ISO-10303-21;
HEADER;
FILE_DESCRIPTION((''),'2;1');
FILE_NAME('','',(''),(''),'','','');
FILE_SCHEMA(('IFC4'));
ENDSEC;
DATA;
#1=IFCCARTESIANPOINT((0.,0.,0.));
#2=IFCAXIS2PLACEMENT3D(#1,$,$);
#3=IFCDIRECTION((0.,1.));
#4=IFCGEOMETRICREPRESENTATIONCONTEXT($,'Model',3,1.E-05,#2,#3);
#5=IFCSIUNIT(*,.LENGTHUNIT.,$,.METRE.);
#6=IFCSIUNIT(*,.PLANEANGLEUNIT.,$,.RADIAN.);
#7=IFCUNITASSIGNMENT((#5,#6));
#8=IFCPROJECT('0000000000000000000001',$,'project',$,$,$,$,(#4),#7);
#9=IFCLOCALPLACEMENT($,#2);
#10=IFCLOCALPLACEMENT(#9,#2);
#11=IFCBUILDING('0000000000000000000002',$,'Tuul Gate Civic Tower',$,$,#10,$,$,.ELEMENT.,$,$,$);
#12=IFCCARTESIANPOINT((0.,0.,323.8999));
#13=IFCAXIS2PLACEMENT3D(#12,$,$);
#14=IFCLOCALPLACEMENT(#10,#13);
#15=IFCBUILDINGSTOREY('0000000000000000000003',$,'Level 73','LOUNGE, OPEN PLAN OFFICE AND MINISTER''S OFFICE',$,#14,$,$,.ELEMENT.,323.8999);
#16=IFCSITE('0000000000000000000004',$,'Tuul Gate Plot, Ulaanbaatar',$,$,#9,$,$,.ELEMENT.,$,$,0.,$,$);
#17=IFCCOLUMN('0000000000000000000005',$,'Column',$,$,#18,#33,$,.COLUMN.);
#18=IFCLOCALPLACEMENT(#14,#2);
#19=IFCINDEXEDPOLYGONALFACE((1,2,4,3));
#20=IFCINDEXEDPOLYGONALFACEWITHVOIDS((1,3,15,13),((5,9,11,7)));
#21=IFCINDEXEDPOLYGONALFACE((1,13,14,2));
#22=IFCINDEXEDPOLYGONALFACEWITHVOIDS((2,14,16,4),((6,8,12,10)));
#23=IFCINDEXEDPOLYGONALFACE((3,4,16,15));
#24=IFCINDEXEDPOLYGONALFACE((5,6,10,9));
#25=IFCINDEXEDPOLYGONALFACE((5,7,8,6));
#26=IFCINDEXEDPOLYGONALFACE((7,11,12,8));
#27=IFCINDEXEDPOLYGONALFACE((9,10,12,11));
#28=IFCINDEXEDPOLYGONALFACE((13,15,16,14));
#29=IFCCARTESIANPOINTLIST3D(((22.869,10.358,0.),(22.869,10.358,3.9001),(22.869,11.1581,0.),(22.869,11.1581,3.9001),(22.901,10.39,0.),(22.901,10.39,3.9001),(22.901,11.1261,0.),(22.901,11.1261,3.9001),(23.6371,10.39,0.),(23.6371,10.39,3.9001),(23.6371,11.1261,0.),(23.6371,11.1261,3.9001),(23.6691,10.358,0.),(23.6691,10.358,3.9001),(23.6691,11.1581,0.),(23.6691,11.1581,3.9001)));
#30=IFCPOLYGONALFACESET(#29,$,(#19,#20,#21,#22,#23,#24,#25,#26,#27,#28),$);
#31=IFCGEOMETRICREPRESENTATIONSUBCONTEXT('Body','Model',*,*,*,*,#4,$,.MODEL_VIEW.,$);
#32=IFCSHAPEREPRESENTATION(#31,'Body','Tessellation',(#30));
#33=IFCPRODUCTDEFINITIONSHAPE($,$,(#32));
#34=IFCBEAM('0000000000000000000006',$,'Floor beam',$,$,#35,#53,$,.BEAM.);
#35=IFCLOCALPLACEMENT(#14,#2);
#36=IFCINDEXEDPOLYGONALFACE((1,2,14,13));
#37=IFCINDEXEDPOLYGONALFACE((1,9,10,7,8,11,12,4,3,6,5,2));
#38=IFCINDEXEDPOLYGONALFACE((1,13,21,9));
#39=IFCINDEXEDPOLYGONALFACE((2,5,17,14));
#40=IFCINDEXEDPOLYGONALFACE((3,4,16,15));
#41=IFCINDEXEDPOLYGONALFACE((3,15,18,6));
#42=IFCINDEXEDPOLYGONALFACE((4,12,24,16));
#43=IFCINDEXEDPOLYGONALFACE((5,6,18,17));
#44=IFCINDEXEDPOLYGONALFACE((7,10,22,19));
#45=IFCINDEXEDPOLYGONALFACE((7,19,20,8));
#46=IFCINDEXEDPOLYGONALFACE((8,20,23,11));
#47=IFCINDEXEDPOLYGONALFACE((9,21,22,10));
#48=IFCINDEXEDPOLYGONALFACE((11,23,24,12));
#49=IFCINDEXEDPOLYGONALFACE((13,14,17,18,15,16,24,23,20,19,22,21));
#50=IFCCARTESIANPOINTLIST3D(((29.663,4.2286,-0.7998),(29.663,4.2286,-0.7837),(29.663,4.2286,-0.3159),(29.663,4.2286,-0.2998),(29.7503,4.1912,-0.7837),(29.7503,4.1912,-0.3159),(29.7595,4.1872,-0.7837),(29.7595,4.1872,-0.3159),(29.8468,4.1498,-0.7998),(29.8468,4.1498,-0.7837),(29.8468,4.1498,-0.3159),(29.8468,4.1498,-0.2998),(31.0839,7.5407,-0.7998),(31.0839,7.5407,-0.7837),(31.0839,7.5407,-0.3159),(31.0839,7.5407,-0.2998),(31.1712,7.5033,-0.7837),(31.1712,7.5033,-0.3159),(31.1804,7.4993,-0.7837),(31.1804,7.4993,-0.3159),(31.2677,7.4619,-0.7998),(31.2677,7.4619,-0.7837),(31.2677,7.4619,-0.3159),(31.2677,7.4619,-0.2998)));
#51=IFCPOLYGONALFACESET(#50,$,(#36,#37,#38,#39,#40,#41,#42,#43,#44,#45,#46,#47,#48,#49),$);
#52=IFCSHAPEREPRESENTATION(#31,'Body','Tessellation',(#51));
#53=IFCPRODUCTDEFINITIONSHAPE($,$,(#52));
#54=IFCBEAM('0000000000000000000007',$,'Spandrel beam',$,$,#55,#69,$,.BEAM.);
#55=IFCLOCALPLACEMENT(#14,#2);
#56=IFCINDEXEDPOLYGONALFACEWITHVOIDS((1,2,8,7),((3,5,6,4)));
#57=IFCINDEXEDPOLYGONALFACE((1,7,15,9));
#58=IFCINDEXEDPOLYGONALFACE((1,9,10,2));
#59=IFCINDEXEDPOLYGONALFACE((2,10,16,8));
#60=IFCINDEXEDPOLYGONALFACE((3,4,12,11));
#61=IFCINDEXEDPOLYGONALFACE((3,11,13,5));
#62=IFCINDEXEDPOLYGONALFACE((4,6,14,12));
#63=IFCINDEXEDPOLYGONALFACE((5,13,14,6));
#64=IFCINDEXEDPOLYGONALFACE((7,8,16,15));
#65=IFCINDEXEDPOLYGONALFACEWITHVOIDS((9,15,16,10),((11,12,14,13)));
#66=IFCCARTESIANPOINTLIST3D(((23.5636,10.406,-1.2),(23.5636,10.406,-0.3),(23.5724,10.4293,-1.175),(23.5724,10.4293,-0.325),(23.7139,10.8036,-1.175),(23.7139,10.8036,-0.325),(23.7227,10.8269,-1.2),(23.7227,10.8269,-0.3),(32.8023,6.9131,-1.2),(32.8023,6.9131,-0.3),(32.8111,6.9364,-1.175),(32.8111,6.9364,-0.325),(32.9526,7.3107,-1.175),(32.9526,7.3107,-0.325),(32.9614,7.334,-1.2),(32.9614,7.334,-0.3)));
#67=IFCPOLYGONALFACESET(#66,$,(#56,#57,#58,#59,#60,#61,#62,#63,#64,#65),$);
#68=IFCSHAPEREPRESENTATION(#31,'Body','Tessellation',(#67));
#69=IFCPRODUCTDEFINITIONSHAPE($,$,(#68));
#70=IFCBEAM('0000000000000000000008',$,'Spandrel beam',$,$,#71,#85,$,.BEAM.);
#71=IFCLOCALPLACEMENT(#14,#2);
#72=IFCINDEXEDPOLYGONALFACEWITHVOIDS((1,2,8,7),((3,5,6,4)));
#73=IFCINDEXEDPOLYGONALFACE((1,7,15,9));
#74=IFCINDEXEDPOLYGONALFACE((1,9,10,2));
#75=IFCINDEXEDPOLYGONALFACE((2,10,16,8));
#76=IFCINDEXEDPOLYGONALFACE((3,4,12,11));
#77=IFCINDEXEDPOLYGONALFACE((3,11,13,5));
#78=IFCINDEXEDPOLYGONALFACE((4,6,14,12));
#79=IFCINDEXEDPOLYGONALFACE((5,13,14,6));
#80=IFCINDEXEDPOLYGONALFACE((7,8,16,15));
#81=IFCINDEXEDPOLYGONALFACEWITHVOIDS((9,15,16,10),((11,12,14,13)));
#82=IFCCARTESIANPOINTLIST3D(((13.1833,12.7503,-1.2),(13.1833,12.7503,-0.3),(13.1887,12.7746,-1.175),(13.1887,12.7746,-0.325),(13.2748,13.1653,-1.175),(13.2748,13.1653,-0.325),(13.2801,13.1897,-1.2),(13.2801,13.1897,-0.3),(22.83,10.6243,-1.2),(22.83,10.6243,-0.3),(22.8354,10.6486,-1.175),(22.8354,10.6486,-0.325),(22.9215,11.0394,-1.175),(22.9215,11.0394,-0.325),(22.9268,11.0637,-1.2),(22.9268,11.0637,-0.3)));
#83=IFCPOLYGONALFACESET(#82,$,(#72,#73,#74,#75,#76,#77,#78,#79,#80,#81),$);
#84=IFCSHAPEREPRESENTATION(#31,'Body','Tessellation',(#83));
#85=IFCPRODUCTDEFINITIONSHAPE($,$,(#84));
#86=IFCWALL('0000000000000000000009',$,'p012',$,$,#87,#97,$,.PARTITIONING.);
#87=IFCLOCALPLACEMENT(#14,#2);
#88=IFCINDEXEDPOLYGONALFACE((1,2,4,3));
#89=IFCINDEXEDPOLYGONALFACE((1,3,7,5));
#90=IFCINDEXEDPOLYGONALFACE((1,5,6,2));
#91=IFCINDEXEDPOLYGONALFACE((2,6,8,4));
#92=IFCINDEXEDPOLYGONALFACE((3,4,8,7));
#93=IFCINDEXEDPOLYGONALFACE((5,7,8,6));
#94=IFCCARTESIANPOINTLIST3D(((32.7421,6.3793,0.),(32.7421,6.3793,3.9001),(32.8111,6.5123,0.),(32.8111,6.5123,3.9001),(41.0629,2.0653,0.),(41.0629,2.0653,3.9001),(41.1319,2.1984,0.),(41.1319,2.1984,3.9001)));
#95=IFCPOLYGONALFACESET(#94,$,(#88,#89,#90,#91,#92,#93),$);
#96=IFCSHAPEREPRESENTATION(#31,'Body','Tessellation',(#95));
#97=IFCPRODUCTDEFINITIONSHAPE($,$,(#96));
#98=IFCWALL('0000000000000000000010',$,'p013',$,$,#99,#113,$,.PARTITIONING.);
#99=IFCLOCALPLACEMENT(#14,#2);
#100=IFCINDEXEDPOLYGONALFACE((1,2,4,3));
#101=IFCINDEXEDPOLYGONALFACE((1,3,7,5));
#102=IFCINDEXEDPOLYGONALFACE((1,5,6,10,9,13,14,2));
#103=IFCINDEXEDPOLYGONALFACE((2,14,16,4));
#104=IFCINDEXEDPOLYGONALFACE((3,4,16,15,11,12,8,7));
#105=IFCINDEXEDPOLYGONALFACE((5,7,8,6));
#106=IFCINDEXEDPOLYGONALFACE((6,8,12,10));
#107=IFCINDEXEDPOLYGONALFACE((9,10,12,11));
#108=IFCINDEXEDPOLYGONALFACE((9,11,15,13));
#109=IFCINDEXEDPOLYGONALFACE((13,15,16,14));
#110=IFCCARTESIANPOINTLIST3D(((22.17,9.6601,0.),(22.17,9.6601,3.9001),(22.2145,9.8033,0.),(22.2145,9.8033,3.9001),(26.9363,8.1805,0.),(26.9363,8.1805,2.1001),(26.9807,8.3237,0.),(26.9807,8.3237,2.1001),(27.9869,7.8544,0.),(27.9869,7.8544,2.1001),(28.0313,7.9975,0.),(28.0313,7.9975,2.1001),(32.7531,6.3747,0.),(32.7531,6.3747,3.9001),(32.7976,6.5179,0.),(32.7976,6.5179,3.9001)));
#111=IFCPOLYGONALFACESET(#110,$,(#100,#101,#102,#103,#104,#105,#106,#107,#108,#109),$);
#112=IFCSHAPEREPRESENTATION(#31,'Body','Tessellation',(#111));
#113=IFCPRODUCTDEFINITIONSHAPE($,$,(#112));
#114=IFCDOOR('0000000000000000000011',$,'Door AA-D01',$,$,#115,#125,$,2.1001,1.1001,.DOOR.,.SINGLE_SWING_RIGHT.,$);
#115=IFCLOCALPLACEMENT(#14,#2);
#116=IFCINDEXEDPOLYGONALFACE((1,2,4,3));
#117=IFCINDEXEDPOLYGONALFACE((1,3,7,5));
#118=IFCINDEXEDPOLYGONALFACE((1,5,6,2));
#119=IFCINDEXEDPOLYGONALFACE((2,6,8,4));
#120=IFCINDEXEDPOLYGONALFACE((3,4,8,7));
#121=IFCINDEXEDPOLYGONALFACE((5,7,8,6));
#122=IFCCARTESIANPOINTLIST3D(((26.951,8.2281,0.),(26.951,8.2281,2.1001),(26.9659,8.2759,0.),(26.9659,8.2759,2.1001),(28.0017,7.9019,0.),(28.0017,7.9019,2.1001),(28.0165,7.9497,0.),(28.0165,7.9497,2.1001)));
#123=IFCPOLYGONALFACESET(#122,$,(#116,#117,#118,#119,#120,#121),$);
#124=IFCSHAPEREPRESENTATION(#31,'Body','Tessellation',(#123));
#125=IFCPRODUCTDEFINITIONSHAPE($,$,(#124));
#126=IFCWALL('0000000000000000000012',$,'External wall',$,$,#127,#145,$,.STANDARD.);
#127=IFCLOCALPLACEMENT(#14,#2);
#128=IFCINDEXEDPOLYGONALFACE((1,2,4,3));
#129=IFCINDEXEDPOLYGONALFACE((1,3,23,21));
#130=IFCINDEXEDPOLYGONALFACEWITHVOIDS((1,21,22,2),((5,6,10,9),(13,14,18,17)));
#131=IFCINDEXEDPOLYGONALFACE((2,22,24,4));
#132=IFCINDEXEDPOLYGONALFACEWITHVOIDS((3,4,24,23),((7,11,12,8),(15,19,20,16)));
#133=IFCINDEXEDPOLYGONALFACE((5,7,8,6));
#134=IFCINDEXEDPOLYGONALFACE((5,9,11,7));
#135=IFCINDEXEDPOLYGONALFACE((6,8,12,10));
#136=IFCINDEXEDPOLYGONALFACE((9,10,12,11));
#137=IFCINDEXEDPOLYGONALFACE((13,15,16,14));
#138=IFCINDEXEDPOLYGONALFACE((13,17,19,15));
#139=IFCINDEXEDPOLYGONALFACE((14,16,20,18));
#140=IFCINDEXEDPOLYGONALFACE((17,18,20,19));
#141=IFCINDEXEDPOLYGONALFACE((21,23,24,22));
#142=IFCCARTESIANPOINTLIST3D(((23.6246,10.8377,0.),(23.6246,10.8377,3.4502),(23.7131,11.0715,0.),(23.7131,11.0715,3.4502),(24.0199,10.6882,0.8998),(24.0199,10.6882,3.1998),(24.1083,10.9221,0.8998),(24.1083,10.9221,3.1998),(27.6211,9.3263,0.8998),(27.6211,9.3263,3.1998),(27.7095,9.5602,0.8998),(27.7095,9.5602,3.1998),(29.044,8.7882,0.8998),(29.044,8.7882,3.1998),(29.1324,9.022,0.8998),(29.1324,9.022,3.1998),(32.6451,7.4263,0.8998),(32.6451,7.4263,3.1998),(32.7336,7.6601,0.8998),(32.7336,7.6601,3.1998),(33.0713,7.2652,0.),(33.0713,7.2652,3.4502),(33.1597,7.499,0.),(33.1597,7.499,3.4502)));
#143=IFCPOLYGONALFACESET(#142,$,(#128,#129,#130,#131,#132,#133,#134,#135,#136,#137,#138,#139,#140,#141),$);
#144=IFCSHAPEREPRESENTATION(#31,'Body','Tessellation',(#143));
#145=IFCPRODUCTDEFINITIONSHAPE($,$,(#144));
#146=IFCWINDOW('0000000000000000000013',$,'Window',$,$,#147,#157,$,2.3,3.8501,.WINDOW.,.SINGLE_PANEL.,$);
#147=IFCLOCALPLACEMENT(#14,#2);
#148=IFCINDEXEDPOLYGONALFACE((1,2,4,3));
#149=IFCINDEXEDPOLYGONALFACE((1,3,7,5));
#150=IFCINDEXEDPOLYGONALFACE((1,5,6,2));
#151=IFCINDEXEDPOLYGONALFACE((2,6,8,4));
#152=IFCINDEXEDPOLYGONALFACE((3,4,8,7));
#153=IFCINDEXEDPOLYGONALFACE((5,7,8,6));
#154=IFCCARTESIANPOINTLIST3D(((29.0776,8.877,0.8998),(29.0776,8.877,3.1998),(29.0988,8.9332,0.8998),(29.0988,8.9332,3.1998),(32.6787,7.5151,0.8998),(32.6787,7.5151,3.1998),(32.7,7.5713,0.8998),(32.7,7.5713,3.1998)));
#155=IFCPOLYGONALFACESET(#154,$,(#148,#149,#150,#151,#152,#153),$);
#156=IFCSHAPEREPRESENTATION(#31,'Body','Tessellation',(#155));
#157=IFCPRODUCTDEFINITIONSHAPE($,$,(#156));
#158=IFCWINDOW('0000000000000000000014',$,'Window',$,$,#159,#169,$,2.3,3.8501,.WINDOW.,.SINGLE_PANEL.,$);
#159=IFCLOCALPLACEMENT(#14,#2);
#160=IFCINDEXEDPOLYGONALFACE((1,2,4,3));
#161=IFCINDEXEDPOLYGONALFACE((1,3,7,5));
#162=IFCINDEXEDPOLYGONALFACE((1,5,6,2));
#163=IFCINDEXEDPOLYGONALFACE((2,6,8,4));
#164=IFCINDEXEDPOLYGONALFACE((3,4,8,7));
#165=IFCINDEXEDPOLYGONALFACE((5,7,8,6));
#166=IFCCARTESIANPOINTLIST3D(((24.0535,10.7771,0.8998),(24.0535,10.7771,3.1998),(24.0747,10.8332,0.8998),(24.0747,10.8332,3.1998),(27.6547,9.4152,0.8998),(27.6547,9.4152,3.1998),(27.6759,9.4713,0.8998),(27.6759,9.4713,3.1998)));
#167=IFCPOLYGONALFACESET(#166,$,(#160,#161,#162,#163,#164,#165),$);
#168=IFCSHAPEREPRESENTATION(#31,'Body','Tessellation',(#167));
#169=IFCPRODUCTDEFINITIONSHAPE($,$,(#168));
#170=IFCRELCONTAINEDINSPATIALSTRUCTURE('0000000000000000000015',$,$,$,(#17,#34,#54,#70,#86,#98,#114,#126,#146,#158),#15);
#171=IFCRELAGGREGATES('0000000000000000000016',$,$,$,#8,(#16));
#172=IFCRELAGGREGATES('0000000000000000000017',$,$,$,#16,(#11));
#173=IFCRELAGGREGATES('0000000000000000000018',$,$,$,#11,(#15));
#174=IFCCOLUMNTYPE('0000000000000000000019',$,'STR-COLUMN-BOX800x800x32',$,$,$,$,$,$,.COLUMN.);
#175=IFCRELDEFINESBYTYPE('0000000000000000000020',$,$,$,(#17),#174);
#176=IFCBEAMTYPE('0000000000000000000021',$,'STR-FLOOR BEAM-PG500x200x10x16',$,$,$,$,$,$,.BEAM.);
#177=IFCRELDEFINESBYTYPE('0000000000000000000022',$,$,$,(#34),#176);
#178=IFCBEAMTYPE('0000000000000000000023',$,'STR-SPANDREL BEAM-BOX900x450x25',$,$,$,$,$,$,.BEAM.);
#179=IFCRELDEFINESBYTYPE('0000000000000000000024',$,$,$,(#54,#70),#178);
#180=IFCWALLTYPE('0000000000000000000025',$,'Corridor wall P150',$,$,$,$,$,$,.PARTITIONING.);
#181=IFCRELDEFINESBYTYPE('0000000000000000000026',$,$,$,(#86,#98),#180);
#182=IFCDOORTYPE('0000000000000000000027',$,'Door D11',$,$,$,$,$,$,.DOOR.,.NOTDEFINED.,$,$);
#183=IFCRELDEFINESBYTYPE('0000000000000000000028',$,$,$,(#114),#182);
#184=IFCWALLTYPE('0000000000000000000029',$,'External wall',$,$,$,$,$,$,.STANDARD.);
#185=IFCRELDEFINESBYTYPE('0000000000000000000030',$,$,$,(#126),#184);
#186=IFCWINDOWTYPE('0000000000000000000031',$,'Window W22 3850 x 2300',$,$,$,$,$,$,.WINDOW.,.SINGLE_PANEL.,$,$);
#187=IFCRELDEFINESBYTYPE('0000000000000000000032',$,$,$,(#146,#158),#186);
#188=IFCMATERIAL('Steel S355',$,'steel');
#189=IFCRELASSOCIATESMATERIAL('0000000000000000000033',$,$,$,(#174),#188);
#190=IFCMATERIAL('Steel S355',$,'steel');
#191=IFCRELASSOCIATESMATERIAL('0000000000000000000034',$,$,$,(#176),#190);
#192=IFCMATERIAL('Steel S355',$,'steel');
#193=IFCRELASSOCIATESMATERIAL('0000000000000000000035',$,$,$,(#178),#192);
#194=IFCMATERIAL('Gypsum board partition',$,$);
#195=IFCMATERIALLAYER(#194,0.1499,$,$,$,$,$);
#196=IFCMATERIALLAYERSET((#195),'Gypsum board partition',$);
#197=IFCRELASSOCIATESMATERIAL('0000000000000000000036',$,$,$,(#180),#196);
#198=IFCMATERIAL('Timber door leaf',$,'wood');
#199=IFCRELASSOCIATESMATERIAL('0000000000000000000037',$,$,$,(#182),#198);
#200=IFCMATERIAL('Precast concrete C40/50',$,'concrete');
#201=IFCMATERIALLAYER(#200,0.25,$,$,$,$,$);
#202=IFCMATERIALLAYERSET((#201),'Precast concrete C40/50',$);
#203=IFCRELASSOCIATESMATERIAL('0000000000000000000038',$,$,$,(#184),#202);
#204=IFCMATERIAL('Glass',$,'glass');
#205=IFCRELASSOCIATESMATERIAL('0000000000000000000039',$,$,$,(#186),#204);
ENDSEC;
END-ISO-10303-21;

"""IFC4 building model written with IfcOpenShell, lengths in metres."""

from ifc_helpers import new_model, si_unit, direction, frame, frame_2d, origin, origin_2d, place, context, subcontext, project, spatial, rectangle, hollow_rectangle, i_section, extrude, material, layer, layer_set, material_profile, profile_set, type_object, element, fill, save


model = new_model("IFC4")

# Units and contexts
model_context = context("Model", 3, precision=1e-05, world=origin(), true_north=direction((0.0, 1.0)))
body_context = subcontext(model_context, "Body", "Model", "MODEL_VIEW")
ifc_project = project(units=[si_unit("LENGTHUNIT", "METRE"), si_unit("PLANEANGLEUNIT", "RADIAN")], contexts=[model_context])

# Site, building, storey
site_placement = place(None, origin())
site = spatial("IfcSite", under=ifc_project, at=site_placement, Name="Tuul Gate Plot, Ulaanbaatar", CompositionType="ELEMENT", RefElevation=0.0)
building_placement = place(site_placement, origin())
building = spatial("IfcBuilding", under=site, at=building_placement, Name="Tuul Gate Civic Tower", CompositionType="ELEMENT")
storey_placement = place(building_placement, frame((0.0, 0.0, 323.8999)))
storey = spatial("IfcBuildingStorey", under=building, at=storey_placement, Name="Level 73", Description="LOUNGE, OPEN PLAN OFFICE AND MINISTER'S OFFICE", CompositionType="ELEMENT", Elevation=323.8999)

# Column
ifc_material_1 = material(Name="Steel S355", Category="steel")
ifc_material_profile_1 = material_profile(ifc_material_1, hollow_rectangle(XDim=0.8, YDim=0.8, WallThickness=0.032, at=origin_2d()), Name="BOX800x800x32")
ifc_profile_set_1 = profile_set([ifc_material_profile_1], Name="Steel S355")
column_type = type_object("IfcColumnType", Name="STR-COLUMN-BOX800x800x32", PredefinedType="COLUMN", material=ifc_profile_set_1)
column_placement = place(storey_placement, frame((23.269, 10.7581, 0.0), z_axis=(0.0, 0.0, 1.0), x_axis=(1.0, 0.0, 0.0)))
element("IfcColumn", 1, at=column_placement, inside=storey, type_object=column_type, Name="Column", PredefinedType="COLUMN", context=body_context, shape_type="SweptSolid", body=[
    extrude(hollow_rectangle(XDim=0.8, YDim=0.8, WallThickness=0.032, at=origin_2d()), origin(), (0.0, 0.0, 1.0), 3.9001),
])

# Beams
ifc_material_2 = material(Name="Steel S355", Category="steel")
ifc_material_profile_2 = material_profile(ifc_material_2, i_section(OverallWidth=0.2, OverallDepth=0.5, WebThickness=0.01, FlangeThickness=0.0161, at=origin_2d()), Name="PG500x200x10x16")
ifc_profile_set_2 = profile_set([ifc_material_profile_2], Name="Steel S355")
beam_type_1 = type_object("IfcBeamType", Name="STR-FLOOR BEAM-PG500x200x10x16", PredefinedType="BEAM", material=ifc_profile_set_2)
beam_1_placement = place(storey_placement, frame((29.7549, 4.1892, -0.5498), z_axis=(0.394263, 0.918998, 0.0), x_axis=(-0.918998, 0.394263, 0.0)))
element("IfcBeam", 2, at=beam_1_placement, inside=storey, type_object=beam_type_1, Name="Floor beam", PredefinedType="BEAM", context=body_context, shape_type="SweptSolid", body=[
    extrude(i_section(OverallWidth=0.2, OverallDepth=0.5, WebThickness=0.01, FlangeThickness=0.0161, at=origin_2d()), origin(), (0.0, 0.0, 1.0), 3.604),
])
ifc_material_3 = material(Name="Steel S355", Category="steel")
ifc_material_profile_3 = material_profile(ifc_material_3, hollow_rectangle(XDim=0.45, YDim=0.8999, WallThickness=0.0249, at=origin_2d()), Name="BOX900x450x25")
ifc_profile_set_3 = profile_set([ifc_material_profile_3], Name="Steel S355")
beam_type_2 = type_object("IfcBeamType", Name="STR-SPANDREL BEAM-BOX900x450x25", PredefinedType="BEAM", material=ifc_profile_set_3)
beam_2_placement = place(storey_placement, frame((32.8818, 7.1235, -0.75), z_axis=(-0.935381, 0.353641, 0.0), x_axis=(-0.353641, -0.935381, 0.0)))
element("IfcBeam", 3, at=beam_2_placement, inside=storey, type_object=beam_type_2, Name="Spandrel beam", PredefinedType="BEAM", context=body_context, shape_type="SweptSolid", body=[
    extrude(hollow_rectangle(XDim=0.45, YDim=0.8999, WallThickness=0.0249, at=origin_2d()), origin(), (0.0, 0.0, 1.0), 9.877),
])
beam_3_placement = place(storey_placement, frame((22.8784, 10.844, -0.75), z_axis=(-0.976566, 0.215219, 0.0), x_axis=(-0.215219, -0.976566, 0.0)))
element("IfcBeam", 4, at=beam_3_placement, inside=storey, type_object=beam_type_2, Name="Spandrel beam", PredefinedType="BEAM", context=body_context, shape_type="SweptSolid", body=[
    extrude(hollow_rectangle(XDim=0.45, YDim=0.8999, WallThickness=0.0249, at=origin_2d()), origin(), (0.0, 0.0, 1.0), 9.8782),
])

# Wall
ifc_material_4 = material(Name="Gypsum board partition")
ifc_layer_1 = layer(ifc_material_4, 0.1499)
ifc_layer_set_1 = layer_set([ifc_layer_1], Name="Gypsum board partition")
wall_type_1 = type_object("IfcWallType", Name="Corridor wall P150", PredefinedType="PARTITIONING", material=ifc_layer_set_1)
wall_1_placement = place(storey_placement, frame((32.7766, 6.4458, 0.0), z_axis=(0.0, 0.0, 1.0), x_axis=(0.887777, -0.460273, 0.0)))
element("IfcWall", 5, at=wall_1_placement, inside=storey, type_object=wall_type_1, Name="p012", PredefinedType="PARTITIONING", context=body_context, shape_type="SweptSolid", body=[
    extrude(rectangle(XDim=9.3726, YDim=0.1499, at=frame_2d((4.6863, 0.0))), origin(), (0.0, 0.0, 1.0), 3.9001),
])

# Wall, opening, door
wall_2_placement = place(storey_placement, frame((22.1924, 9.7317, 0.0), z_axis=(0.0, 0.0, 1.0), x_axis=(0.955038, -0.296483, 0.0)))
wall_2 = element("IfcWall", 6, at=wall_2_placement, inside=storey, type_object=wall_type_1, Name="p013", PredefinedType="PARTITIONING", context=body_context, shape_type="SweptSolid", body=[
    extrude(rectangle(XDim=11.0813, YDim=0.1499, at=frame_2d((5.5405, 0.0))), origin(), (0.0, 0.0, 1.0), 3.9001),
])
opening_1_placement = place(wall_2_placement, frame((4.9905, 0.0, 0.0)))
opening_1 = element("IfcOpeningElement", 7, at=opening_1_placement, cuts=wall_2, PredefinedType="OPENING", context=body_context, shape_type="SweptSolid", body=[
    extrude(rectangle(XDim=1.1001, YDim=2.1001, at=frame_2d((0.55, 1.05))), frame((0.0, 0.085, 0.0), z_axis=(0.0, -1.0, 0.0), x_axis=(1.0, 0.0, 0.0)), (0.0, 0.0, 1.0), 0.1699),
])
ifc_material_5 = material(Name="Timber door leaf", Category="wood")
door_type_1 = type_object("IfcDoorType", Name="Door D11", OperationType="NOTDEFINED", PredefinedType="DOOR", material=ifc_material_5)
door_1_placement = place(opening_1_placement, origin())
door_1 = element("IfcDoor", 8, at=door_1_placement, inside=storey, type_object=door_type_1, Name="Door AA-D01", OperationType="SINGLE_SWING_RIGHT", OverallHeight=2.1001, OverallWidth=1.1001, PredefinedType="DOOR", context=body_context, shape_type="SweptSolid", body=[
    extrude(rectangle(XDim=1.1001, YDim=2.1001, at=frame_2d((0.55, 1.05))), frame((0.0, 0.0249, 0.0), z_axis=(0.0, -1.0, 0.0), x_axis=(1.0, 0.0, 0.0)), (0.0, 0.0, 1.0), 0.05),
])
fill(opening_1, door_1)

# Wall, openings, windows
ifc_material_6 = material(Name="Precast concrete C40/50", Category="concrete")
ifc_layer_2 = layer(ifc_material_6, 0.25)
ifc_layer_set_2 = layer_set([ifc_layer_2], Name="Precast concrete C40/50")
wall_type_2 = type_object("IfcWallType", Name="External wall", PredefinedType="STANDARD", material=ifc_layer_set_2)
wall_3_placement = place(storey_placement, frame((33.1155, 7.3821, 0.0), z_axis=(0.0, 0.0, 1.0), x_axis=(-0.935347, 0.353731, 0.0)))
wall_3 = element("IfcWall", 9, at=wall_3_placement, inside=storey, type_object=wall_type_2, Name="External wall", PredefinedType="STANDARD", context=body_context, shape_type="SweptSolid", body=[
    extrude(rectangle(XDim=10.0996, YDim=0.25, at=frame_2d((5.0498, 0.0))), origin(), (0.0, 0.0, 1.0), 3.4502),
])
opening_2_placement = place(wall_3_placement, frame((0.4556, 0.0, 0.8999)))
opening_2 = element("IfcOpeningElement", 10, at=opening_2_placement, cuts=wall_3, PredefinedType="OPENING", context=body_context, shape_type="SweptSolid", body=[
    extrude(rectangle(XDim=3.8501, YDim=2.3, at=frame_2d((1.925, 1.1499))), frame((0.0, 0.135, 0.0), z_axis=(0.0, -1.0, 0.0), x_axis=(1.0, 0.0, 0.0)), (0.0, 0.0, 1.0), 0.27),
])
opening_3_placement = place(wall_3_placement, frame((5.8269, 0.0, 0.8999)))
opening_3 = element("IfcOpeningElement", 11, at=opening_3_placement, cuts=wall_3, PredefinedType="OPENING", context=body_context, shape_type="SweptSolid", body=[
    extrude(rectangle(XDim=3.8501, YDim=2.3, at=frame_2d((1.925, 1.1499))), frame((0.0, 0.135, 0.0), z_axis=(0.0, -1.0, 0.0), x_axis=(1.0, 0.0, 0.0)), (0.0, 0.0, 1.0), 0.27),
])
ifc_material_7 = material(Name="Glass", Category="glass")
window_type = type_object("IfcWindowType", Name="Window W22 3850 x 2300", PartitioningType="SINGLE_PANEL", PredefinedType="WINDOW", material=ifc_material_7)
window_1_placement = place(opening_2_placement, origin())
window_1 = element("IfcWindow", 12, at=window_1_placement, inside=storey, type_object=window_type, Name="Window", OverallHeight=2.3, OverallWidth=3.8501, PartitioningType="SINGLE_PANEL", PredefinedType="WINDOW", context=body_context, shape_type="SweptSolid", body=[
    extrude(rectangle(XDim=3.8501, YDim=2.3, at=frame_2d((1.925, 1.1499))), frame((0.0, 0.03, 0.0), z_axis=(0.0, -1.0, 0.0), x_axis=(1.0, 0.0, 0.0)), (0.0, 0.0, 1.0), 0.0601),
])
fill(opening_2, window_1)
window_2_placement = place(opening_3_placement, origin())
window_2 = element("IfcWindow", 13, at=window_2_placement, inside=storey, type_object=window_type, Name="Window", OverallHeight=2.3, OverallWidth=3.8501, PartitioningType="SINGLE_PANEL", PredefinedType="WINDOW", context=body_context, shape_type="SweptSolid", body=[
    extrude(rectangle(XDim=3.8501, YDim=2.3, at=frame_2d((1.925, 1.1499))), frame((0.0, 0.03, 0.0), z_axis=(0.0, -1.0, 0.0), x_axis=(1.0, 0.0, 0.0)), (0.0, 0.0, 1.0), 0.0601),
])
fill(opening_3, window_2)

save(model, "model.ifc")
